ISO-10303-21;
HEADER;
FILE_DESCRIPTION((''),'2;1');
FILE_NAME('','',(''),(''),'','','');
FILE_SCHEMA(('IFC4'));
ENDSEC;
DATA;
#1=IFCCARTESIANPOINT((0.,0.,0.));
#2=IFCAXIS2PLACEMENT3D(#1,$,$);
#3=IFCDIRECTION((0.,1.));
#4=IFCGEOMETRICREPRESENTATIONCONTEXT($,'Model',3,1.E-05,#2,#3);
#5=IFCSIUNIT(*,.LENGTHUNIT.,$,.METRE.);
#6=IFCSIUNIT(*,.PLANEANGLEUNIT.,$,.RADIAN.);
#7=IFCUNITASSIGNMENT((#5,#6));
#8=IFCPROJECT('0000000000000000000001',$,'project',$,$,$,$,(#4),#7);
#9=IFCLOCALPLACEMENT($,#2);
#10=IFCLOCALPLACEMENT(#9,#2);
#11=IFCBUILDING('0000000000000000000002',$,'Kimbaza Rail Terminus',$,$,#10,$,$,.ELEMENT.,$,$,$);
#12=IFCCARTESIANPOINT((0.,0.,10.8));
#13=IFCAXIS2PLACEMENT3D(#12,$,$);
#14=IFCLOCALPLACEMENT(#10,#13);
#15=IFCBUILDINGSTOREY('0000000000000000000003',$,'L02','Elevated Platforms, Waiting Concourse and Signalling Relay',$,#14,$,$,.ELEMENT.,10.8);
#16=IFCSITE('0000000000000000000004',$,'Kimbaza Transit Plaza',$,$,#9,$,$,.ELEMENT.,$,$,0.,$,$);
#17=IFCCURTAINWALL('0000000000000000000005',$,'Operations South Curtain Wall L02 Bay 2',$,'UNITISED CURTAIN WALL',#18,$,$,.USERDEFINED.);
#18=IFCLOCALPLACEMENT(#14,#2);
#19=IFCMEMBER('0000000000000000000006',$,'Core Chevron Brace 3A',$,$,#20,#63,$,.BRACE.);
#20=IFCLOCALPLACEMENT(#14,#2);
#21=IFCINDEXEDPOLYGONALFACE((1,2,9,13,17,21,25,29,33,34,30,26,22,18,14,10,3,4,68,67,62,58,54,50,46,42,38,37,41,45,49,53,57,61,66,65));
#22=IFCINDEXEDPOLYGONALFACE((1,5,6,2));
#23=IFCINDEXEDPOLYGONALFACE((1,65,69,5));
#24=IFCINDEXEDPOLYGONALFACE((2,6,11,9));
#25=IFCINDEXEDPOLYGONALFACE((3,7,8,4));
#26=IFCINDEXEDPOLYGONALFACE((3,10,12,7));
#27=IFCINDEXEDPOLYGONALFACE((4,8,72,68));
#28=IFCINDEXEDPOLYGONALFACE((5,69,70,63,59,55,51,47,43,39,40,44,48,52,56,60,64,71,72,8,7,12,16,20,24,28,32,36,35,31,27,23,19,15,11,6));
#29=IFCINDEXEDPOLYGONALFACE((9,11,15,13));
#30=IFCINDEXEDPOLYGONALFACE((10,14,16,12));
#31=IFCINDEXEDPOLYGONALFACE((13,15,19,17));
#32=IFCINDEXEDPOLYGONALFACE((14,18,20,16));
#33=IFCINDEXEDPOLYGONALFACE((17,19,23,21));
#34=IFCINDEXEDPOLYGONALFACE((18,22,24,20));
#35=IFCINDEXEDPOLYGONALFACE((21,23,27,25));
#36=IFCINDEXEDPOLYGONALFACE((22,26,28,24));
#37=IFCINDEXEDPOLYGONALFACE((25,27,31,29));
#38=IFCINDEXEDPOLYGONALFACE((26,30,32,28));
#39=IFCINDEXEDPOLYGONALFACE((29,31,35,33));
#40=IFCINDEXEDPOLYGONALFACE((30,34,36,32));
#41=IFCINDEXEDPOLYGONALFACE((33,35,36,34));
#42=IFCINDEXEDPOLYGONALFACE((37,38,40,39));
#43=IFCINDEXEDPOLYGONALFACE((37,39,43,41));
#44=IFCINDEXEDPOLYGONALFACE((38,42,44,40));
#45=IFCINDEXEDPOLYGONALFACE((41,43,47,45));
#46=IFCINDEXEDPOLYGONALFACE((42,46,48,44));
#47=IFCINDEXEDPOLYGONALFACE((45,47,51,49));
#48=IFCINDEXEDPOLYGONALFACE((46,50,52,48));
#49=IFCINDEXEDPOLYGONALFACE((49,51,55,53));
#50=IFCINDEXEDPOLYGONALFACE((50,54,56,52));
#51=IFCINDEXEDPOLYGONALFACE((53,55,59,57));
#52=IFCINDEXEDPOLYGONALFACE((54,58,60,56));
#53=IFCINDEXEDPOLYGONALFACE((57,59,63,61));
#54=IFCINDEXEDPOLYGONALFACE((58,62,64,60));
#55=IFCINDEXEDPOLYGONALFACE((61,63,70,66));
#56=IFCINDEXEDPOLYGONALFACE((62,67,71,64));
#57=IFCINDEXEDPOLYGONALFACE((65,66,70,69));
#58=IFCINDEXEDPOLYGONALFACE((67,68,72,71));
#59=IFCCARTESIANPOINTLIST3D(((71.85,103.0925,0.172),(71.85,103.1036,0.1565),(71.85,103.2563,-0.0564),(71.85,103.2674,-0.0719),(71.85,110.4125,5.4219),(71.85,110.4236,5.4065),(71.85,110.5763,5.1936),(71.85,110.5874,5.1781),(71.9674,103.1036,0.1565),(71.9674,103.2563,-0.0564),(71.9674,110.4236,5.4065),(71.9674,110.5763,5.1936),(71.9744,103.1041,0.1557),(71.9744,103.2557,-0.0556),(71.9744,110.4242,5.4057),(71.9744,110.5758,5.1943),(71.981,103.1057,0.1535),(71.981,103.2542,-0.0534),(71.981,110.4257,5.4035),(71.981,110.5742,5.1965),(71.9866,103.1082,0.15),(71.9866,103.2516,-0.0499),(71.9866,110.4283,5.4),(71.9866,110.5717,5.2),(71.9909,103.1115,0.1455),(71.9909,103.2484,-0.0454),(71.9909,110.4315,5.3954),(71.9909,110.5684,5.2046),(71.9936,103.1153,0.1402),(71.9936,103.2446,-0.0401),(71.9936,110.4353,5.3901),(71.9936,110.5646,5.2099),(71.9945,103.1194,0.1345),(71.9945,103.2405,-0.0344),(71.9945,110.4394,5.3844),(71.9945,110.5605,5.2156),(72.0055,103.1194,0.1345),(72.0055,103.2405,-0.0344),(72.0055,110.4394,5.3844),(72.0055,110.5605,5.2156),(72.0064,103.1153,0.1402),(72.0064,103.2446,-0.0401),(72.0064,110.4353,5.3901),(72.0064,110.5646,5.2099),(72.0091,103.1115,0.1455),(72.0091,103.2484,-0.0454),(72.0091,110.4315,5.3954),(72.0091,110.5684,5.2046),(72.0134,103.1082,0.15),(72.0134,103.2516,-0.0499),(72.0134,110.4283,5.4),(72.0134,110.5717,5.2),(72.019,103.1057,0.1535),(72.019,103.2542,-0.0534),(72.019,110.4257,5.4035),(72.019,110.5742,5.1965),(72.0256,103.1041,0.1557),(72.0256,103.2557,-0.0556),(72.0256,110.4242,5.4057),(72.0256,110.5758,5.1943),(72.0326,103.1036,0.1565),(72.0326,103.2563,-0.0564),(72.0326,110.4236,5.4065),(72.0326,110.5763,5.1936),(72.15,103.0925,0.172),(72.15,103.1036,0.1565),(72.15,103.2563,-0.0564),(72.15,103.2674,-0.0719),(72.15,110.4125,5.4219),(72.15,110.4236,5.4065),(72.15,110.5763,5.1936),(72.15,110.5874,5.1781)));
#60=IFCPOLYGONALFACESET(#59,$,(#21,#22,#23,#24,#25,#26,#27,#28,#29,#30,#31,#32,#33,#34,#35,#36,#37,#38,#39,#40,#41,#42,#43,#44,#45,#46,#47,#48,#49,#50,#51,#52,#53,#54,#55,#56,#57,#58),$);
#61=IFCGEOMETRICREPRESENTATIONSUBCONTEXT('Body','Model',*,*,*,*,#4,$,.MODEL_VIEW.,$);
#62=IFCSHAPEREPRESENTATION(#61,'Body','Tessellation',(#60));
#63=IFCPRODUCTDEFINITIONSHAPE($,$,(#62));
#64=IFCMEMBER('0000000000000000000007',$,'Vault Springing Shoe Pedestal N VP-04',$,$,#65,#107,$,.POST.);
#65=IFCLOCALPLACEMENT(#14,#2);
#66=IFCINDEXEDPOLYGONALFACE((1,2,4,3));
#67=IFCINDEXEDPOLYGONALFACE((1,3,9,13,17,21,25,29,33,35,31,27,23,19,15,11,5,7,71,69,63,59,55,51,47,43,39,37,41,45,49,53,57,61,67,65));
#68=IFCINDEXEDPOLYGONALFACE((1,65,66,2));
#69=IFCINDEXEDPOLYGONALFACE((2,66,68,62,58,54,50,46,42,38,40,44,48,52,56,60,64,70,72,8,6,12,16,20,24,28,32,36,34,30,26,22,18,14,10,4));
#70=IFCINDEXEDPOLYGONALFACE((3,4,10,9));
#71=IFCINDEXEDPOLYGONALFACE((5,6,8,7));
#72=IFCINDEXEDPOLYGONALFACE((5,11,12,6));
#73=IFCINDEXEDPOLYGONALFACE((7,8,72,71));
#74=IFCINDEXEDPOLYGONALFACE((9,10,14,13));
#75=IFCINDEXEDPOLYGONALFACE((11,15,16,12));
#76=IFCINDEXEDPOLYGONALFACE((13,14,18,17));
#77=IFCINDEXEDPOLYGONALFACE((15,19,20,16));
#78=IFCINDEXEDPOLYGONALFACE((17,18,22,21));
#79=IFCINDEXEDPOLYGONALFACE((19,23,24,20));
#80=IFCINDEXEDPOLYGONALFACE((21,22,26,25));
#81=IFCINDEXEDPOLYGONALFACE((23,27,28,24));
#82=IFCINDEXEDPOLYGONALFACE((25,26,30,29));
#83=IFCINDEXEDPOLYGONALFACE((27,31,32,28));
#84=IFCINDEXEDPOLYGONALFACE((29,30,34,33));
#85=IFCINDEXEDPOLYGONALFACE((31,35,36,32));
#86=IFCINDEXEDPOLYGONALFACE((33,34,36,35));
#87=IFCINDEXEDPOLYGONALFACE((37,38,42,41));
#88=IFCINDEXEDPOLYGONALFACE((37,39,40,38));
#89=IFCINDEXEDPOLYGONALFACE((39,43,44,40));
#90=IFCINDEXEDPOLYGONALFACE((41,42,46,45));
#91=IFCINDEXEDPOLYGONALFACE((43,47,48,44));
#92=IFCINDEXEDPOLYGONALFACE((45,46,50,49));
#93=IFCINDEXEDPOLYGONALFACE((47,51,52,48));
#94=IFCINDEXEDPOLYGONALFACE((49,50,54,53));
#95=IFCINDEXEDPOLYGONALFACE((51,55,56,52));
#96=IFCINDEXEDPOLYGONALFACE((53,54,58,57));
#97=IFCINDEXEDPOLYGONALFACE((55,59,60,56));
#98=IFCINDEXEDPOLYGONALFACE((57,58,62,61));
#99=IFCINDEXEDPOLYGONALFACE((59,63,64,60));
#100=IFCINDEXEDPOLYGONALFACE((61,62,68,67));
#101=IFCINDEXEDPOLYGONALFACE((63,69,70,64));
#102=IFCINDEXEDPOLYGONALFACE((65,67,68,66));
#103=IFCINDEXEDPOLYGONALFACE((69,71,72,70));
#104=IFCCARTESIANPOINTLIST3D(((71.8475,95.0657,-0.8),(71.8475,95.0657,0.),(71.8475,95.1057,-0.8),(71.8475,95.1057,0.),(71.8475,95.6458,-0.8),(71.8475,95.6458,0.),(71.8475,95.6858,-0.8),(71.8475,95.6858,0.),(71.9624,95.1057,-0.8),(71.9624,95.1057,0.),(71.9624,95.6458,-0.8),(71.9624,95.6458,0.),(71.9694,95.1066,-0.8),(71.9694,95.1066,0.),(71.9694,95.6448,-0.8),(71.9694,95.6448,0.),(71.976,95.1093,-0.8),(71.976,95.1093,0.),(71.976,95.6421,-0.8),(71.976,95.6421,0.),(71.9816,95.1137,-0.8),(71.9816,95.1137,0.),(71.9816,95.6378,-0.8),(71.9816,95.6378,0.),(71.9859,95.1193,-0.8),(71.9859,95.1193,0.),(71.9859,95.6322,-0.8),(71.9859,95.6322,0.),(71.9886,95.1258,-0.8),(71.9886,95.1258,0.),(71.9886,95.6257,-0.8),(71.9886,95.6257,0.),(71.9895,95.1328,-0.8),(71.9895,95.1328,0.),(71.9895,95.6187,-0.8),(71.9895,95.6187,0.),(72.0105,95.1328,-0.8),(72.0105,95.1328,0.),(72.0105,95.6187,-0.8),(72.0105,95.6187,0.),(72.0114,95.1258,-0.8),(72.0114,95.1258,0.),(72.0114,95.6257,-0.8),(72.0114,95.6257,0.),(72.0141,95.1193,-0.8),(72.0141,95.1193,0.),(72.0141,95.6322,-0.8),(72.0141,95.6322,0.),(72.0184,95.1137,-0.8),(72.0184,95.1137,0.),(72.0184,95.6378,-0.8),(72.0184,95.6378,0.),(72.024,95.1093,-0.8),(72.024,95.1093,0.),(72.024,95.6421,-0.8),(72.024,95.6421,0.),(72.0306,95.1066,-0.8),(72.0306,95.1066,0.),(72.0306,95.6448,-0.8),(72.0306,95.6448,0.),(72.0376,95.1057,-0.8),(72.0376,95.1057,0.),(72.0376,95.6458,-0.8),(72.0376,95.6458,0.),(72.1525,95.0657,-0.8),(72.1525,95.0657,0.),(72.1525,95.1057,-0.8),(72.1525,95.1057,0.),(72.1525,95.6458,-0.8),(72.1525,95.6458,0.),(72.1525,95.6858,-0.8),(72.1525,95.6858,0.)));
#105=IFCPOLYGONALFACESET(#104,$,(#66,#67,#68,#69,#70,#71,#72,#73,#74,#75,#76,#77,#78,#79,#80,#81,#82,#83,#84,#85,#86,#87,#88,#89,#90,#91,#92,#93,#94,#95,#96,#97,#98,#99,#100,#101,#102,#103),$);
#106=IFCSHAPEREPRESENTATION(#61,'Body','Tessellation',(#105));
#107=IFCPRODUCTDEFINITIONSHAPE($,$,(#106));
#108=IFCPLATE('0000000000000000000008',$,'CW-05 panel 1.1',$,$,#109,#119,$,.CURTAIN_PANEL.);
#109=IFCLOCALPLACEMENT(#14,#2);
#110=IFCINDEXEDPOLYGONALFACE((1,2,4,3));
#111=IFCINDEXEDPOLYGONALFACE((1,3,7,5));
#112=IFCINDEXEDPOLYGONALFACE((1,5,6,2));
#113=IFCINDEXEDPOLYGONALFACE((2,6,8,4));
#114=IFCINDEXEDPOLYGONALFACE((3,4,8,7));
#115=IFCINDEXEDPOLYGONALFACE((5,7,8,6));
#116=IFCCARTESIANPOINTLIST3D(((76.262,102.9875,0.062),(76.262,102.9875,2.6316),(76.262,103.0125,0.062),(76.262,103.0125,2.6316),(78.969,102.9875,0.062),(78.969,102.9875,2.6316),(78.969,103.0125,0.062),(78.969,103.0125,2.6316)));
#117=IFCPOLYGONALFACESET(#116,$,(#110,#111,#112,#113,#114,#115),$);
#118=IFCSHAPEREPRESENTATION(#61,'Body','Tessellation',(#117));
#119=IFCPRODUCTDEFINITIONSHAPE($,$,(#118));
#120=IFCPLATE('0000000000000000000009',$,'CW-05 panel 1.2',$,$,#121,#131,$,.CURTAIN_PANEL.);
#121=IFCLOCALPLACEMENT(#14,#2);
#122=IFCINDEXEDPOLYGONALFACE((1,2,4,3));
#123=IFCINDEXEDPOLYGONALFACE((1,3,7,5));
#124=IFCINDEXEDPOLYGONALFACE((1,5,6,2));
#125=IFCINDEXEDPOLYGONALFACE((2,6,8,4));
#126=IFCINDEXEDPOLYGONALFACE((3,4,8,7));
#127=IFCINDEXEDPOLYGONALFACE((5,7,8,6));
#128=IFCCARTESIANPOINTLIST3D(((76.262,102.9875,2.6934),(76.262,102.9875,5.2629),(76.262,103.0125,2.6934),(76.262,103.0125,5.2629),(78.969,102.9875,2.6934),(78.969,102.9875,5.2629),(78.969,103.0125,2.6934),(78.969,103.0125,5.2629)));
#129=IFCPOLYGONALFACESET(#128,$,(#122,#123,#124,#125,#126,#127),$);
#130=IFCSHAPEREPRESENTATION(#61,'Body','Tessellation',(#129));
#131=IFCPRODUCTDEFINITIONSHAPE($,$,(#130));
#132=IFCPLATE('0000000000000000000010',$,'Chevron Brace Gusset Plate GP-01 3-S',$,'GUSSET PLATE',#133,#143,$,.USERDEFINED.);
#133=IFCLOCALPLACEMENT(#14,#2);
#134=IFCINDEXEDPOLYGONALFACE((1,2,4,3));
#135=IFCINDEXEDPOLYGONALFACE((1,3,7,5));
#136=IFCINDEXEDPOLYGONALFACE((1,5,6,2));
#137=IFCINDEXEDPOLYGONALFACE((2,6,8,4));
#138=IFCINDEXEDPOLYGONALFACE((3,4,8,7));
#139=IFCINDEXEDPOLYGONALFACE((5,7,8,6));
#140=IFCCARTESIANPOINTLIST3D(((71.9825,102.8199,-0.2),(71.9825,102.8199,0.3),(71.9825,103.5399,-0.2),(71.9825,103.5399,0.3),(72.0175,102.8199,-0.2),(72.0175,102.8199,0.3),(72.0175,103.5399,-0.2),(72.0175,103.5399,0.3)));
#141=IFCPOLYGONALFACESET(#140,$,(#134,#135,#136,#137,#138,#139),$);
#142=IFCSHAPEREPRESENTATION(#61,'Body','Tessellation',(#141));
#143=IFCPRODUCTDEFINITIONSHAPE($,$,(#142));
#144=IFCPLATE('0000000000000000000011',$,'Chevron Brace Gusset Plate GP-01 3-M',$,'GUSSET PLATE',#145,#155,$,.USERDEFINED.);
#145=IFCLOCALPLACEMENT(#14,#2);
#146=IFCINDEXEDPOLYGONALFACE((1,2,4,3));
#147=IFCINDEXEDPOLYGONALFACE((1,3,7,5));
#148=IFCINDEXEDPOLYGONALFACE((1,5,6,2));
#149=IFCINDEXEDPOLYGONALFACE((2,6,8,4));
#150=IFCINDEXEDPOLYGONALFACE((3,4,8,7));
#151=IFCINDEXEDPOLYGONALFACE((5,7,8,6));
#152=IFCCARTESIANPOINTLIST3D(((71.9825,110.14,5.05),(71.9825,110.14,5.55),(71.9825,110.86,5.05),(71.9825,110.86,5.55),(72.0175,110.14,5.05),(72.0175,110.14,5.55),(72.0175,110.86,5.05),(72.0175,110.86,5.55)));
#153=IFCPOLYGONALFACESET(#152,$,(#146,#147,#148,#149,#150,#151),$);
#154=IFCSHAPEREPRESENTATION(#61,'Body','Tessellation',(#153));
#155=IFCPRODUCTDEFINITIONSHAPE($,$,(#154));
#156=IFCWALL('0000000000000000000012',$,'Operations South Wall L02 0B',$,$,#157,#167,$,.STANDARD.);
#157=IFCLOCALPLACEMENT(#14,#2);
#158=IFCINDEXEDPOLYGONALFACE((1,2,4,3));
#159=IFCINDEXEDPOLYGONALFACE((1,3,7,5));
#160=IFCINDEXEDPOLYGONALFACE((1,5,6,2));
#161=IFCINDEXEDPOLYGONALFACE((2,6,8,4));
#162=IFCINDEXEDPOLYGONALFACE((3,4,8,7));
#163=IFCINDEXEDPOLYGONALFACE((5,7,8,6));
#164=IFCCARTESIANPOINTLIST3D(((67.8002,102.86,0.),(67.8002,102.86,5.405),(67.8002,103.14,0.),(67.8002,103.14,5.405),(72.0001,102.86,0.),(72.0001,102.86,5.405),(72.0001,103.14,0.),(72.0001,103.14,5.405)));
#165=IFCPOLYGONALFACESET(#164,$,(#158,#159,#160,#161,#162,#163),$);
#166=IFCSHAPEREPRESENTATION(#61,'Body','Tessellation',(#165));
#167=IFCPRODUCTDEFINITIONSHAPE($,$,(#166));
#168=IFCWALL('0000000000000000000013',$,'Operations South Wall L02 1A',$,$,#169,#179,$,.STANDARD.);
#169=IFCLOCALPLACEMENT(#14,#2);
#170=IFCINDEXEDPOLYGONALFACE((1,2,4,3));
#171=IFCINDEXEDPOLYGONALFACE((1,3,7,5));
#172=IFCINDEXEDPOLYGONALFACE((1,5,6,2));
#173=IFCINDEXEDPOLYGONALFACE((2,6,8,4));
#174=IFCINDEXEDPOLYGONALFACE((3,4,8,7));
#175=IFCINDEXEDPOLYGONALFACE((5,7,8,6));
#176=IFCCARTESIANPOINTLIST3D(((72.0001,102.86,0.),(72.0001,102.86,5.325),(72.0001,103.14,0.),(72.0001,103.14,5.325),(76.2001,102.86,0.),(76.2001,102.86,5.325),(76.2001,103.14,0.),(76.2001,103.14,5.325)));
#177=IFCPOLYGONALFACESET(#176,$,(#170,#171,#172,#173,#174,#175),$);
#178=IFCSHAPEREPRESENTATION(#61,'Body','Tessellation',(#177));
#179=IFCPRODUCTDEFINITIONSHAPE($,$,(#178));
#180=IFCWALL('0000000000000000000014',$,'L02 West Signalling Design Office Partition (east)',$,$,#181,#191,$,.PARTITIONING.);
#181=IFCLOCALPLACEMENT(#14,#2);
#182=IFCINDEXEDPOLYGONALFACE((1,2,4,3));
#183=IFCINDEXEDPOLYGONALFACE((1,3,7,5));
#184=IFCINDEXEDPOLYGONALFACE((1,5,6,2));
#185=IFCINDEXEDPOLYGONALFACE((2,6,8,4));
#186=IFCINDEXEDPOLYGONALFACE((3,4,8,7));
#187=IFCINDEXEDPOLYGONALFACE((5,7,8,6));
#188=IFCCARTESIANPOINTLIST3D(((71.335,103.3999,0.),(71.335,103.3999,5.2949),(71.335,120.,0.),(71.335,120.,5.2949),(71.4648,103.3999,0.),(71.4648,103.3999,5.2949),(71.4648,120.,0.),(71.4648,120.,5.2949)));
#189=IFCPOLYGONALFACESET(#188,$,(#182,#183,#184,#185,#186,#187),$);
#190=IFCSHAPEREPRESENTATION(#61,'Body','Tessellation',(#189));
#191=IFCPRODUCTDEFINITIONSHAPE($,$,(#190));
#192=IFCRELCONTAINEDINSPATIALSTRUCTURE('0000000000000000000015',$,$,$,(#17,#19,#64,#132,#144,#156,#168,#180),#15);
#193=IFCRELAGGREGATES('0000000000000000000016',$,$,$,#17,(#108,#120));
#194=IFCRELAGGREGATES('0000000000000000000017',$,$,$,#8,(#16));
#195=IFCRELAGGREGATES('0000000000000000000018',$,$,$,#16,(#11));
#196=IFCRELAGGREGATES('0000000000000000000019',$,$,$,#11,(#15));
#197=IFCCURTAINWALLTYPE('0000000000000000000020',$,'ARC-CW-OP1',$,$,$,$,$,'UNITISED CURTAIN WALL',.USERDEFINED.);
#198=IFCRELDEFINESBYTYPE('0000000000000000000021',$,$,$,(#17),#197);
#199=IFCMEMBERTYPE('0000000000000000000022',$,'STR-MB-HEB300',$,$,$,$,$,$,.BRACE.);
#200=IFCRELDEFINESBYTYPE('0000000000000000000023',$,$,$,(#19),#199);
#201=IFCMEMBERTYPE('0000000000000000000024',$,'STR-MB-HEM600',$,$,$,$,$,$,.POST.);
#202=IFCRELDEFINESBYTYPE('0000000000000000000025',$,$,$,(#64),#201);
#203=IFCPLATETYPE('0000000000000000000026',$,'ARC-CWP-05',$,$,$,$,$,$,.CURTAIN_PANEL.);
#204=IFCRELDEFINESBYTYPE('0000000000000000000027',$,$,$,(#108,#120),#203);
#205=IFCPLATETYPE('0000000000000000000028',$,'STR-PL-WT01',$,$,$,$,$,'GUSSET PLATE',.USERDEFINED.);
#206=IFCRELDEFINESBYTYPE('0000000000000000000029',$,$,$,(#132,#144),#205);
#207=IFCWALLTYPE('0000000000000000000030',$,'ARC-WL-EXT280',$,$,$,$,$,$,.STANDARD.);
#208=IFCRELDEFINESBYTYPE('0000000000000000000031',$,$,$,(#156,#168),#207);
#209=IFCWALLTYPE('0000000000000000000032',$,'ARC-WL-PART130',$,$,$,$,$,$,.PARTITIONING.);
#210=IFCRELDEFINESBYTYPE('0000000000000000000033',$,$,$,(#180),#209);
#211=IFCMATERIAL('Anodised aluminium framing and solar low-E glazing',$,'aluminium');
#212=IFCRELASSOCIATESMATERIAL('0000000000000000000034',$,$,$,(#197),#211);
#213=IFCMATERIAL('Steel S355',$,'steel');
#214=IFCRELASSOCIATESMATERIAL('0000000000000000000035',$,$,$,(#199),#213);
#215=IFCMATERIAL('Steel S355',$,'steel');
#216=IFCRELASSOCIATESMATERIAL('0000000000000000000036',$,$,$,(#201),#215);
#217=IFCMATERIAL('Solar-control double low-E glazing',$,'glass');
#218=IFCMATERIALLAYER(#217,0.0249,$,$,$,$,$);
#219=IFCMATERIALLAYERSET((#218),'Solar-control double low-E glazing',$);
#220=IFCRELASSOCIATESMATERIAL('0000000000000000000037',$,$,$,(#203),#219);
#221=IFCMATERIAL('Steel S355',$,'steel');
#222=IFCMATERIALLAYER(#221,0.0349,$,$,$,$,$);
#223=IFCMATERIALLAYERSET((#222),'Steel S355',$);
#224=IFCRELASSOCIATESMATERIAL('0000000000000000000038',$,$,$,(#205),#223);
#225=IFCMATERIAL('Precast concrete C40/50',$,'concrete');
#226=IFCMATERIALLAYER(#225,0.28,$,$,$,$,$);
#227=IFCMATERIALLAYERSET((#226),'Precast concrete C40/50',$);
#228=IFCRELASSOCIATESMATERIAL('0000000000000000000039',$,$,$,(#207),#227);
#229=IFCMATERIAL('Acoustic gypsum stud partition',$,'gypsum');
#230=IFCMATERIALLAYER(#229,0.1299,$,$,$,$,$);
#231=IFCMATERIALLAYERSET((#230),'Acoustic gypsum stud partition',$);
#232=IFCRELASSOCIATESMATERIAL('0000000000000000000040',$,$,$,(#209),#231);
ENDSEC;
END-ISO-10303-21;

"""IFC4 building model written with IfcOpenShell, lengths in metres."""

from ifc_helpers import new_model, si_unit, direction, frame, frame_2d, origin, origin_2d, place, context, subcontext, project, spatial, rectangle, i_section, extrude, material, layer, layer_set, material_profile, profile_set, type_object, element, aggregate, save


model = new_model("IFC4")

# Units and contexts
model_context = context("Model", 3, precision=1e-05, world=origin(), true_north=direction((0.0, 1.0)))
body_context = subcontext(model_context, "Body", "Model", "MODEL_VIEW")
ifc_project = project(units=[si_unit("LENGTHUNIT", "METRE"), si_unit("PLANEANGLEUNIT", "RADIAN")], contexts=[model_context])

# Site, building, storey
site_placement = place(None, origin())
site = spatial("IfcSite", under=ifc_project, at=site_placement, Name="Kimbaza Transit Plaza", CompositionType="ELEMENT", RefElevation=0.0)
building_placement = place(site_placement, origin())
building = spatial("IfcBuilding", under=site, at=building_placement, Name="Kimbaza Rail Terminus", CompositionType="ELEMENT")
storey_placement = place(building_placement, frame((0.0, 0.0, 10.8)))
storey = spatial("IfcBuildingStorey", under=building, at=storey_placement, Name="L02", Description="Elevated Platforms, Waiting Concourse and Signalling Relay", CompositionType="ELEMENT", Elevation=10.8)

# Curtain wall
ifc_material_1 = material(Name="Anodised aluminium framing and solar low-E glazing", Category="aluminium")
curtain_wall_type = type_object("IfcCurtainWallType", Name="ARC-CW-OP1", ElementType="UNITISED CURTAIN WALL", PredefinedType="USERDEFINED", material=ifc_material_1)
curtain_wall_placement = place(storey_placement, origin())
curtain_wall = element("IfcCurtainWall", 1, at=curtain_wall_placement, inside=storey, type_object=curtain_wall_type, Name="Operations South Curtain Wall L02 Bay 2", ObjectType="UNITISED CURTAIN WALL", PredefinedType="USERDEFINED")

# Members
ifc_material_2 = material(Name="Steel S355", Category="steel")
ifc_material_profile_1 = material_profile(ifc_material_2, i_section(OverallWidth=0.3, OverallDepth=0.3, WebThickness=0.011, FlangeThickness=0.019, FilletRadius=0.0271, at=origin_2d()), Name="HEB 300")
ifc_profile_set_1 = profile_set([ifc_material_profile_1], Name="Steel S355")
member_type_1 = type_object("IfcMemberType", Name="STR-MB-HEB300", PredefinedType="BRACE", material=ifc_profile_set_1)
member_1_placement = place(storey_placement, frame((72.0, 103.1799, 0.05), z_axis=(0.0, 0.812609, 0.582809), x_axis=(-1.0, 0.0, 0.0)))
element("IfcMember", 2, at=member_1_placement, inside=storey, type_object=member_type_1, Name="Core Chevron Brace 3A", PredefinedType="BRACE", context=body_context, shape_type="SweptSolid", body=[
    extrude(i_section(OverallWidth=0.3, OverallDepth=0.3, WebThickness=0.011, FlangeThickness=0.019, FilletRadius=0.0271, at=origin_2d()), origin(), (0.0, 0.0, 1.0), 9.0081),
])
ifc_material_3 = material(Name="Steel S355", Category="steel")
ifc_material_profile_2 = material_profile(ifc_material_3, i_section(OverallWidth=0.3049, OverallDepth=0.6201, WebThickness=0.021, FlangeThickness=0.04, FilletRadius=0.0271, at=origin_2d()), Name="HEM 600")
ifc_profile_set_2 = profile_set([ifc_material_profile_2], Name="Steel S355")
member_type_2 = type_object("IfcMemberType", Name="STR-MB-HEM600", PredefinedType="POST", material=ifc_profile_set_2)
member_2_placement = place(storey_placement, frame((72.0, 95.3757, -0.8), z_axis=(0.0, 0.0, 1.0), x_axis=(1.0, 0.0, 0.0)))
element("IfcMember", 3, at=member_2_placement, inside=storey, type_object=member_type_2, Name="Vault Springing Shoe Pedestal N VP-04", PredefinedType="POST", context=body_context, shape_type="SweptSolid", body=[
    extrude(i_section(OverallWidth=0.3049, OverallDepth=0.6201, WebThickness=0.021, FlangeThickness=0.04, FilletRadius=0.0271, at=origin_2d()), origin(), (0.0, 0.0, 1.0), 0.8),
])

# Plates
ifc_material_4 = material(Name="Solar-control double low-E glazing", Category="glass")
ifc_layer_1 = layer(ifc_material_4, 0.0249)
ifc_layer_set_1 = layer_set([ifc_layer_1], Name="Solar-control double low-E glazing")
plate_type_1 = type_object("IfcPlateType", Name="ARC-CWP-05", PredefinedType="CURTAIN_PANEL", material=ifc_layer_set_1)
plate_1_placement = place(storey_placement, frame((77.6155, 103.0, 0.062), z_axis=(0.0, 0.0, 1.0), x_axis=(1.0, 0.0, 0.0)))
plate_1 = element("IfcPlate", 4, at=plate_1_placement, type_object=plate_type_1, Name="CW-05 panel 1.1", PredefinedType="CURTAIN_PANEL", context=body_context, shape_type="SweptSolid", body=[
    extrude(rectangle(XDim=2.707, YDim=0.0249, at=origin_2d()), origin(), (0.0, 0.0, 1.0), 2.5696),
])
plate_2_placement = place(storey_placement, frame((77.6155, 103.0, 2.6934), z_axis=(0.0, 0.0, 1.0), x_axis=(1.0, 0.0, 0.0)))
plate_2 = element("IfcPlate", 5, at=plate_2_placement, type_object=plate_type_1, Name="CW-05 panel 1.2", PredefinedType="CURTAIN_PANEL", context=body_context, shape_type="SweptSolid", body=[
    extrude(rectangle(XDim=2.707, YDim=0.0249, at=origin_2d()), origin(), (0.0, 0.0, 1.0), 2.5696),
])
aggregate(curtain_wall, [plate_1, plate_2])

# Plates
ifc_material_5 = material(Name="Steel S355", Category="steel")
ifc_layer_2 = layer(ifc_material_5, 0.0349)
ifc_layer_set_2 = layer_set([ifc_layer_2], Name="Steel S355")
plate_type_2 = type_object("IfcPlateType", Name="STR-PL-WT01", ElementType="GUSSET PLATE", PredefinedType="USERDEFINED", material=ifc_layer_set_2)
for number, where, z_axis, x_axis, name in (
    (6, (72.0, 103.1799, -0.2), (0.0, 0.0, 1.0), (1.0, 0.0, 0.0), "Chevron Brace Gusset Plate GP-01 3-S"),
    (7, (72.0, 110.5, 5.05), (0.0, 0.0, 1.0), (1.0, 0.0, 0.0), "Chevron Brace Gusset Plate GP-01 3-M"),
):
    element("IfcPlate", number, at=place(storey_placement, frame(where, z_axis=z_axis, x_axis=x_axis)), inside=storey, type_object=plate_type_2, Name=name, ObjectType="GUSSET PLATE", PredefinedType="USERDEFINED", context=body_context, shape_type="SweptSolid", body=[
        extrude(rectangle(XDim=0.0349, YDim=0.72, at=origin_2d()), origin(), (0.0, 0.0, 1.0), 0.5),
    ])

# Walls
ifc_material_6 = material(Name="Precast concrete C40/50", Category="concrete")
ifc_layer_3 = layer(ifc_material_6, 0.28)
ifc_layer_set_3 = layer_set([ifc_layer_3], Name="Precast concrete C40/50")
wall_type_1 = type_object("IfcWallType", Name="ARC-WL-EXT280", PredefinedType="STANDARD", material=ifc_layer_set_3)
wall_1_placement = place(storey_placement, frame((67.8, 103.0, 0.0), z_axis=(0.0, 0.0, 1.0), x_axis=(1.0, 0.0, 0.0)))
element("IfcWall", 8, at=wall_1_placement, inside=storey, type_object=wall_type_1, Name="Operations South Wall L02 0B", PredefinedType="STANDARD", context=body_context, shape_type="SweptSolid", body=[
    extrude(rectangle(XDim=4.2, YDim=0.28, at=frame_2d((2.1001, 0.0))), origin(), (0.0, 0.0, 1.0), 5.405),
])
wall_2_placement = place(storey_placement, frame((72.0, 103.0, 0.0), z_axis=(0.0, 0.0, 1.0), x_axis=(1.0, 0.0, 0.0)))
element("IfcWall", 9, at=wall_2_placement, inside=storey, type_object=wall_type_1, Name="Operations South Wall L02 1A", PredefinedType="STANDARD", context=body_context, shape_type="SweptSolid", body=[
    extrude(rectangle(XDim=4.2, YDim=0.28, at=frame_2d((2.1001, 0.0))), origin(), (0.0, 0.0, 1.0), 5.325),
])
ifc_material_7 = material(Name="Acoustic gypsum stud partition", Category="gypsum")
ifc_layer_4 = layer(ifc_material_7, 0.1299)
ifc_layer_set_4 = layer_set([ifc_layer_4], Name="Acoustic gypsum stud partition")
wall_type_2 = type_object("IfcWallType", Name="ARC-WL-PART130", PredefinedType="PARTITIONING", material=ifc_layer_set_4)
wall_3_placement = place(storey_placement, frame((71.3999, 103.3999, 0.0), z_axis=(0.0, 0.0, 1.0), x_axis=(0.0, 1.0, 0.0)))
element("IfcWall", 10, at=wall_3_placement, inside=storey, type_object=wall_type_2, Name="L02 West Signalling Design Office Partition (east)", PredefinedType="PARTITIONING", context=body_context, shape_type="SweptSolid", body=[
    extrude(rectangle(XDim=16.6001, YDim=0.1299, at=frame_2d((8.3, 0.0))), origin(), (0.0, 0.0, 1.0), 5.2949),
])

save(model, "model.ifc")
